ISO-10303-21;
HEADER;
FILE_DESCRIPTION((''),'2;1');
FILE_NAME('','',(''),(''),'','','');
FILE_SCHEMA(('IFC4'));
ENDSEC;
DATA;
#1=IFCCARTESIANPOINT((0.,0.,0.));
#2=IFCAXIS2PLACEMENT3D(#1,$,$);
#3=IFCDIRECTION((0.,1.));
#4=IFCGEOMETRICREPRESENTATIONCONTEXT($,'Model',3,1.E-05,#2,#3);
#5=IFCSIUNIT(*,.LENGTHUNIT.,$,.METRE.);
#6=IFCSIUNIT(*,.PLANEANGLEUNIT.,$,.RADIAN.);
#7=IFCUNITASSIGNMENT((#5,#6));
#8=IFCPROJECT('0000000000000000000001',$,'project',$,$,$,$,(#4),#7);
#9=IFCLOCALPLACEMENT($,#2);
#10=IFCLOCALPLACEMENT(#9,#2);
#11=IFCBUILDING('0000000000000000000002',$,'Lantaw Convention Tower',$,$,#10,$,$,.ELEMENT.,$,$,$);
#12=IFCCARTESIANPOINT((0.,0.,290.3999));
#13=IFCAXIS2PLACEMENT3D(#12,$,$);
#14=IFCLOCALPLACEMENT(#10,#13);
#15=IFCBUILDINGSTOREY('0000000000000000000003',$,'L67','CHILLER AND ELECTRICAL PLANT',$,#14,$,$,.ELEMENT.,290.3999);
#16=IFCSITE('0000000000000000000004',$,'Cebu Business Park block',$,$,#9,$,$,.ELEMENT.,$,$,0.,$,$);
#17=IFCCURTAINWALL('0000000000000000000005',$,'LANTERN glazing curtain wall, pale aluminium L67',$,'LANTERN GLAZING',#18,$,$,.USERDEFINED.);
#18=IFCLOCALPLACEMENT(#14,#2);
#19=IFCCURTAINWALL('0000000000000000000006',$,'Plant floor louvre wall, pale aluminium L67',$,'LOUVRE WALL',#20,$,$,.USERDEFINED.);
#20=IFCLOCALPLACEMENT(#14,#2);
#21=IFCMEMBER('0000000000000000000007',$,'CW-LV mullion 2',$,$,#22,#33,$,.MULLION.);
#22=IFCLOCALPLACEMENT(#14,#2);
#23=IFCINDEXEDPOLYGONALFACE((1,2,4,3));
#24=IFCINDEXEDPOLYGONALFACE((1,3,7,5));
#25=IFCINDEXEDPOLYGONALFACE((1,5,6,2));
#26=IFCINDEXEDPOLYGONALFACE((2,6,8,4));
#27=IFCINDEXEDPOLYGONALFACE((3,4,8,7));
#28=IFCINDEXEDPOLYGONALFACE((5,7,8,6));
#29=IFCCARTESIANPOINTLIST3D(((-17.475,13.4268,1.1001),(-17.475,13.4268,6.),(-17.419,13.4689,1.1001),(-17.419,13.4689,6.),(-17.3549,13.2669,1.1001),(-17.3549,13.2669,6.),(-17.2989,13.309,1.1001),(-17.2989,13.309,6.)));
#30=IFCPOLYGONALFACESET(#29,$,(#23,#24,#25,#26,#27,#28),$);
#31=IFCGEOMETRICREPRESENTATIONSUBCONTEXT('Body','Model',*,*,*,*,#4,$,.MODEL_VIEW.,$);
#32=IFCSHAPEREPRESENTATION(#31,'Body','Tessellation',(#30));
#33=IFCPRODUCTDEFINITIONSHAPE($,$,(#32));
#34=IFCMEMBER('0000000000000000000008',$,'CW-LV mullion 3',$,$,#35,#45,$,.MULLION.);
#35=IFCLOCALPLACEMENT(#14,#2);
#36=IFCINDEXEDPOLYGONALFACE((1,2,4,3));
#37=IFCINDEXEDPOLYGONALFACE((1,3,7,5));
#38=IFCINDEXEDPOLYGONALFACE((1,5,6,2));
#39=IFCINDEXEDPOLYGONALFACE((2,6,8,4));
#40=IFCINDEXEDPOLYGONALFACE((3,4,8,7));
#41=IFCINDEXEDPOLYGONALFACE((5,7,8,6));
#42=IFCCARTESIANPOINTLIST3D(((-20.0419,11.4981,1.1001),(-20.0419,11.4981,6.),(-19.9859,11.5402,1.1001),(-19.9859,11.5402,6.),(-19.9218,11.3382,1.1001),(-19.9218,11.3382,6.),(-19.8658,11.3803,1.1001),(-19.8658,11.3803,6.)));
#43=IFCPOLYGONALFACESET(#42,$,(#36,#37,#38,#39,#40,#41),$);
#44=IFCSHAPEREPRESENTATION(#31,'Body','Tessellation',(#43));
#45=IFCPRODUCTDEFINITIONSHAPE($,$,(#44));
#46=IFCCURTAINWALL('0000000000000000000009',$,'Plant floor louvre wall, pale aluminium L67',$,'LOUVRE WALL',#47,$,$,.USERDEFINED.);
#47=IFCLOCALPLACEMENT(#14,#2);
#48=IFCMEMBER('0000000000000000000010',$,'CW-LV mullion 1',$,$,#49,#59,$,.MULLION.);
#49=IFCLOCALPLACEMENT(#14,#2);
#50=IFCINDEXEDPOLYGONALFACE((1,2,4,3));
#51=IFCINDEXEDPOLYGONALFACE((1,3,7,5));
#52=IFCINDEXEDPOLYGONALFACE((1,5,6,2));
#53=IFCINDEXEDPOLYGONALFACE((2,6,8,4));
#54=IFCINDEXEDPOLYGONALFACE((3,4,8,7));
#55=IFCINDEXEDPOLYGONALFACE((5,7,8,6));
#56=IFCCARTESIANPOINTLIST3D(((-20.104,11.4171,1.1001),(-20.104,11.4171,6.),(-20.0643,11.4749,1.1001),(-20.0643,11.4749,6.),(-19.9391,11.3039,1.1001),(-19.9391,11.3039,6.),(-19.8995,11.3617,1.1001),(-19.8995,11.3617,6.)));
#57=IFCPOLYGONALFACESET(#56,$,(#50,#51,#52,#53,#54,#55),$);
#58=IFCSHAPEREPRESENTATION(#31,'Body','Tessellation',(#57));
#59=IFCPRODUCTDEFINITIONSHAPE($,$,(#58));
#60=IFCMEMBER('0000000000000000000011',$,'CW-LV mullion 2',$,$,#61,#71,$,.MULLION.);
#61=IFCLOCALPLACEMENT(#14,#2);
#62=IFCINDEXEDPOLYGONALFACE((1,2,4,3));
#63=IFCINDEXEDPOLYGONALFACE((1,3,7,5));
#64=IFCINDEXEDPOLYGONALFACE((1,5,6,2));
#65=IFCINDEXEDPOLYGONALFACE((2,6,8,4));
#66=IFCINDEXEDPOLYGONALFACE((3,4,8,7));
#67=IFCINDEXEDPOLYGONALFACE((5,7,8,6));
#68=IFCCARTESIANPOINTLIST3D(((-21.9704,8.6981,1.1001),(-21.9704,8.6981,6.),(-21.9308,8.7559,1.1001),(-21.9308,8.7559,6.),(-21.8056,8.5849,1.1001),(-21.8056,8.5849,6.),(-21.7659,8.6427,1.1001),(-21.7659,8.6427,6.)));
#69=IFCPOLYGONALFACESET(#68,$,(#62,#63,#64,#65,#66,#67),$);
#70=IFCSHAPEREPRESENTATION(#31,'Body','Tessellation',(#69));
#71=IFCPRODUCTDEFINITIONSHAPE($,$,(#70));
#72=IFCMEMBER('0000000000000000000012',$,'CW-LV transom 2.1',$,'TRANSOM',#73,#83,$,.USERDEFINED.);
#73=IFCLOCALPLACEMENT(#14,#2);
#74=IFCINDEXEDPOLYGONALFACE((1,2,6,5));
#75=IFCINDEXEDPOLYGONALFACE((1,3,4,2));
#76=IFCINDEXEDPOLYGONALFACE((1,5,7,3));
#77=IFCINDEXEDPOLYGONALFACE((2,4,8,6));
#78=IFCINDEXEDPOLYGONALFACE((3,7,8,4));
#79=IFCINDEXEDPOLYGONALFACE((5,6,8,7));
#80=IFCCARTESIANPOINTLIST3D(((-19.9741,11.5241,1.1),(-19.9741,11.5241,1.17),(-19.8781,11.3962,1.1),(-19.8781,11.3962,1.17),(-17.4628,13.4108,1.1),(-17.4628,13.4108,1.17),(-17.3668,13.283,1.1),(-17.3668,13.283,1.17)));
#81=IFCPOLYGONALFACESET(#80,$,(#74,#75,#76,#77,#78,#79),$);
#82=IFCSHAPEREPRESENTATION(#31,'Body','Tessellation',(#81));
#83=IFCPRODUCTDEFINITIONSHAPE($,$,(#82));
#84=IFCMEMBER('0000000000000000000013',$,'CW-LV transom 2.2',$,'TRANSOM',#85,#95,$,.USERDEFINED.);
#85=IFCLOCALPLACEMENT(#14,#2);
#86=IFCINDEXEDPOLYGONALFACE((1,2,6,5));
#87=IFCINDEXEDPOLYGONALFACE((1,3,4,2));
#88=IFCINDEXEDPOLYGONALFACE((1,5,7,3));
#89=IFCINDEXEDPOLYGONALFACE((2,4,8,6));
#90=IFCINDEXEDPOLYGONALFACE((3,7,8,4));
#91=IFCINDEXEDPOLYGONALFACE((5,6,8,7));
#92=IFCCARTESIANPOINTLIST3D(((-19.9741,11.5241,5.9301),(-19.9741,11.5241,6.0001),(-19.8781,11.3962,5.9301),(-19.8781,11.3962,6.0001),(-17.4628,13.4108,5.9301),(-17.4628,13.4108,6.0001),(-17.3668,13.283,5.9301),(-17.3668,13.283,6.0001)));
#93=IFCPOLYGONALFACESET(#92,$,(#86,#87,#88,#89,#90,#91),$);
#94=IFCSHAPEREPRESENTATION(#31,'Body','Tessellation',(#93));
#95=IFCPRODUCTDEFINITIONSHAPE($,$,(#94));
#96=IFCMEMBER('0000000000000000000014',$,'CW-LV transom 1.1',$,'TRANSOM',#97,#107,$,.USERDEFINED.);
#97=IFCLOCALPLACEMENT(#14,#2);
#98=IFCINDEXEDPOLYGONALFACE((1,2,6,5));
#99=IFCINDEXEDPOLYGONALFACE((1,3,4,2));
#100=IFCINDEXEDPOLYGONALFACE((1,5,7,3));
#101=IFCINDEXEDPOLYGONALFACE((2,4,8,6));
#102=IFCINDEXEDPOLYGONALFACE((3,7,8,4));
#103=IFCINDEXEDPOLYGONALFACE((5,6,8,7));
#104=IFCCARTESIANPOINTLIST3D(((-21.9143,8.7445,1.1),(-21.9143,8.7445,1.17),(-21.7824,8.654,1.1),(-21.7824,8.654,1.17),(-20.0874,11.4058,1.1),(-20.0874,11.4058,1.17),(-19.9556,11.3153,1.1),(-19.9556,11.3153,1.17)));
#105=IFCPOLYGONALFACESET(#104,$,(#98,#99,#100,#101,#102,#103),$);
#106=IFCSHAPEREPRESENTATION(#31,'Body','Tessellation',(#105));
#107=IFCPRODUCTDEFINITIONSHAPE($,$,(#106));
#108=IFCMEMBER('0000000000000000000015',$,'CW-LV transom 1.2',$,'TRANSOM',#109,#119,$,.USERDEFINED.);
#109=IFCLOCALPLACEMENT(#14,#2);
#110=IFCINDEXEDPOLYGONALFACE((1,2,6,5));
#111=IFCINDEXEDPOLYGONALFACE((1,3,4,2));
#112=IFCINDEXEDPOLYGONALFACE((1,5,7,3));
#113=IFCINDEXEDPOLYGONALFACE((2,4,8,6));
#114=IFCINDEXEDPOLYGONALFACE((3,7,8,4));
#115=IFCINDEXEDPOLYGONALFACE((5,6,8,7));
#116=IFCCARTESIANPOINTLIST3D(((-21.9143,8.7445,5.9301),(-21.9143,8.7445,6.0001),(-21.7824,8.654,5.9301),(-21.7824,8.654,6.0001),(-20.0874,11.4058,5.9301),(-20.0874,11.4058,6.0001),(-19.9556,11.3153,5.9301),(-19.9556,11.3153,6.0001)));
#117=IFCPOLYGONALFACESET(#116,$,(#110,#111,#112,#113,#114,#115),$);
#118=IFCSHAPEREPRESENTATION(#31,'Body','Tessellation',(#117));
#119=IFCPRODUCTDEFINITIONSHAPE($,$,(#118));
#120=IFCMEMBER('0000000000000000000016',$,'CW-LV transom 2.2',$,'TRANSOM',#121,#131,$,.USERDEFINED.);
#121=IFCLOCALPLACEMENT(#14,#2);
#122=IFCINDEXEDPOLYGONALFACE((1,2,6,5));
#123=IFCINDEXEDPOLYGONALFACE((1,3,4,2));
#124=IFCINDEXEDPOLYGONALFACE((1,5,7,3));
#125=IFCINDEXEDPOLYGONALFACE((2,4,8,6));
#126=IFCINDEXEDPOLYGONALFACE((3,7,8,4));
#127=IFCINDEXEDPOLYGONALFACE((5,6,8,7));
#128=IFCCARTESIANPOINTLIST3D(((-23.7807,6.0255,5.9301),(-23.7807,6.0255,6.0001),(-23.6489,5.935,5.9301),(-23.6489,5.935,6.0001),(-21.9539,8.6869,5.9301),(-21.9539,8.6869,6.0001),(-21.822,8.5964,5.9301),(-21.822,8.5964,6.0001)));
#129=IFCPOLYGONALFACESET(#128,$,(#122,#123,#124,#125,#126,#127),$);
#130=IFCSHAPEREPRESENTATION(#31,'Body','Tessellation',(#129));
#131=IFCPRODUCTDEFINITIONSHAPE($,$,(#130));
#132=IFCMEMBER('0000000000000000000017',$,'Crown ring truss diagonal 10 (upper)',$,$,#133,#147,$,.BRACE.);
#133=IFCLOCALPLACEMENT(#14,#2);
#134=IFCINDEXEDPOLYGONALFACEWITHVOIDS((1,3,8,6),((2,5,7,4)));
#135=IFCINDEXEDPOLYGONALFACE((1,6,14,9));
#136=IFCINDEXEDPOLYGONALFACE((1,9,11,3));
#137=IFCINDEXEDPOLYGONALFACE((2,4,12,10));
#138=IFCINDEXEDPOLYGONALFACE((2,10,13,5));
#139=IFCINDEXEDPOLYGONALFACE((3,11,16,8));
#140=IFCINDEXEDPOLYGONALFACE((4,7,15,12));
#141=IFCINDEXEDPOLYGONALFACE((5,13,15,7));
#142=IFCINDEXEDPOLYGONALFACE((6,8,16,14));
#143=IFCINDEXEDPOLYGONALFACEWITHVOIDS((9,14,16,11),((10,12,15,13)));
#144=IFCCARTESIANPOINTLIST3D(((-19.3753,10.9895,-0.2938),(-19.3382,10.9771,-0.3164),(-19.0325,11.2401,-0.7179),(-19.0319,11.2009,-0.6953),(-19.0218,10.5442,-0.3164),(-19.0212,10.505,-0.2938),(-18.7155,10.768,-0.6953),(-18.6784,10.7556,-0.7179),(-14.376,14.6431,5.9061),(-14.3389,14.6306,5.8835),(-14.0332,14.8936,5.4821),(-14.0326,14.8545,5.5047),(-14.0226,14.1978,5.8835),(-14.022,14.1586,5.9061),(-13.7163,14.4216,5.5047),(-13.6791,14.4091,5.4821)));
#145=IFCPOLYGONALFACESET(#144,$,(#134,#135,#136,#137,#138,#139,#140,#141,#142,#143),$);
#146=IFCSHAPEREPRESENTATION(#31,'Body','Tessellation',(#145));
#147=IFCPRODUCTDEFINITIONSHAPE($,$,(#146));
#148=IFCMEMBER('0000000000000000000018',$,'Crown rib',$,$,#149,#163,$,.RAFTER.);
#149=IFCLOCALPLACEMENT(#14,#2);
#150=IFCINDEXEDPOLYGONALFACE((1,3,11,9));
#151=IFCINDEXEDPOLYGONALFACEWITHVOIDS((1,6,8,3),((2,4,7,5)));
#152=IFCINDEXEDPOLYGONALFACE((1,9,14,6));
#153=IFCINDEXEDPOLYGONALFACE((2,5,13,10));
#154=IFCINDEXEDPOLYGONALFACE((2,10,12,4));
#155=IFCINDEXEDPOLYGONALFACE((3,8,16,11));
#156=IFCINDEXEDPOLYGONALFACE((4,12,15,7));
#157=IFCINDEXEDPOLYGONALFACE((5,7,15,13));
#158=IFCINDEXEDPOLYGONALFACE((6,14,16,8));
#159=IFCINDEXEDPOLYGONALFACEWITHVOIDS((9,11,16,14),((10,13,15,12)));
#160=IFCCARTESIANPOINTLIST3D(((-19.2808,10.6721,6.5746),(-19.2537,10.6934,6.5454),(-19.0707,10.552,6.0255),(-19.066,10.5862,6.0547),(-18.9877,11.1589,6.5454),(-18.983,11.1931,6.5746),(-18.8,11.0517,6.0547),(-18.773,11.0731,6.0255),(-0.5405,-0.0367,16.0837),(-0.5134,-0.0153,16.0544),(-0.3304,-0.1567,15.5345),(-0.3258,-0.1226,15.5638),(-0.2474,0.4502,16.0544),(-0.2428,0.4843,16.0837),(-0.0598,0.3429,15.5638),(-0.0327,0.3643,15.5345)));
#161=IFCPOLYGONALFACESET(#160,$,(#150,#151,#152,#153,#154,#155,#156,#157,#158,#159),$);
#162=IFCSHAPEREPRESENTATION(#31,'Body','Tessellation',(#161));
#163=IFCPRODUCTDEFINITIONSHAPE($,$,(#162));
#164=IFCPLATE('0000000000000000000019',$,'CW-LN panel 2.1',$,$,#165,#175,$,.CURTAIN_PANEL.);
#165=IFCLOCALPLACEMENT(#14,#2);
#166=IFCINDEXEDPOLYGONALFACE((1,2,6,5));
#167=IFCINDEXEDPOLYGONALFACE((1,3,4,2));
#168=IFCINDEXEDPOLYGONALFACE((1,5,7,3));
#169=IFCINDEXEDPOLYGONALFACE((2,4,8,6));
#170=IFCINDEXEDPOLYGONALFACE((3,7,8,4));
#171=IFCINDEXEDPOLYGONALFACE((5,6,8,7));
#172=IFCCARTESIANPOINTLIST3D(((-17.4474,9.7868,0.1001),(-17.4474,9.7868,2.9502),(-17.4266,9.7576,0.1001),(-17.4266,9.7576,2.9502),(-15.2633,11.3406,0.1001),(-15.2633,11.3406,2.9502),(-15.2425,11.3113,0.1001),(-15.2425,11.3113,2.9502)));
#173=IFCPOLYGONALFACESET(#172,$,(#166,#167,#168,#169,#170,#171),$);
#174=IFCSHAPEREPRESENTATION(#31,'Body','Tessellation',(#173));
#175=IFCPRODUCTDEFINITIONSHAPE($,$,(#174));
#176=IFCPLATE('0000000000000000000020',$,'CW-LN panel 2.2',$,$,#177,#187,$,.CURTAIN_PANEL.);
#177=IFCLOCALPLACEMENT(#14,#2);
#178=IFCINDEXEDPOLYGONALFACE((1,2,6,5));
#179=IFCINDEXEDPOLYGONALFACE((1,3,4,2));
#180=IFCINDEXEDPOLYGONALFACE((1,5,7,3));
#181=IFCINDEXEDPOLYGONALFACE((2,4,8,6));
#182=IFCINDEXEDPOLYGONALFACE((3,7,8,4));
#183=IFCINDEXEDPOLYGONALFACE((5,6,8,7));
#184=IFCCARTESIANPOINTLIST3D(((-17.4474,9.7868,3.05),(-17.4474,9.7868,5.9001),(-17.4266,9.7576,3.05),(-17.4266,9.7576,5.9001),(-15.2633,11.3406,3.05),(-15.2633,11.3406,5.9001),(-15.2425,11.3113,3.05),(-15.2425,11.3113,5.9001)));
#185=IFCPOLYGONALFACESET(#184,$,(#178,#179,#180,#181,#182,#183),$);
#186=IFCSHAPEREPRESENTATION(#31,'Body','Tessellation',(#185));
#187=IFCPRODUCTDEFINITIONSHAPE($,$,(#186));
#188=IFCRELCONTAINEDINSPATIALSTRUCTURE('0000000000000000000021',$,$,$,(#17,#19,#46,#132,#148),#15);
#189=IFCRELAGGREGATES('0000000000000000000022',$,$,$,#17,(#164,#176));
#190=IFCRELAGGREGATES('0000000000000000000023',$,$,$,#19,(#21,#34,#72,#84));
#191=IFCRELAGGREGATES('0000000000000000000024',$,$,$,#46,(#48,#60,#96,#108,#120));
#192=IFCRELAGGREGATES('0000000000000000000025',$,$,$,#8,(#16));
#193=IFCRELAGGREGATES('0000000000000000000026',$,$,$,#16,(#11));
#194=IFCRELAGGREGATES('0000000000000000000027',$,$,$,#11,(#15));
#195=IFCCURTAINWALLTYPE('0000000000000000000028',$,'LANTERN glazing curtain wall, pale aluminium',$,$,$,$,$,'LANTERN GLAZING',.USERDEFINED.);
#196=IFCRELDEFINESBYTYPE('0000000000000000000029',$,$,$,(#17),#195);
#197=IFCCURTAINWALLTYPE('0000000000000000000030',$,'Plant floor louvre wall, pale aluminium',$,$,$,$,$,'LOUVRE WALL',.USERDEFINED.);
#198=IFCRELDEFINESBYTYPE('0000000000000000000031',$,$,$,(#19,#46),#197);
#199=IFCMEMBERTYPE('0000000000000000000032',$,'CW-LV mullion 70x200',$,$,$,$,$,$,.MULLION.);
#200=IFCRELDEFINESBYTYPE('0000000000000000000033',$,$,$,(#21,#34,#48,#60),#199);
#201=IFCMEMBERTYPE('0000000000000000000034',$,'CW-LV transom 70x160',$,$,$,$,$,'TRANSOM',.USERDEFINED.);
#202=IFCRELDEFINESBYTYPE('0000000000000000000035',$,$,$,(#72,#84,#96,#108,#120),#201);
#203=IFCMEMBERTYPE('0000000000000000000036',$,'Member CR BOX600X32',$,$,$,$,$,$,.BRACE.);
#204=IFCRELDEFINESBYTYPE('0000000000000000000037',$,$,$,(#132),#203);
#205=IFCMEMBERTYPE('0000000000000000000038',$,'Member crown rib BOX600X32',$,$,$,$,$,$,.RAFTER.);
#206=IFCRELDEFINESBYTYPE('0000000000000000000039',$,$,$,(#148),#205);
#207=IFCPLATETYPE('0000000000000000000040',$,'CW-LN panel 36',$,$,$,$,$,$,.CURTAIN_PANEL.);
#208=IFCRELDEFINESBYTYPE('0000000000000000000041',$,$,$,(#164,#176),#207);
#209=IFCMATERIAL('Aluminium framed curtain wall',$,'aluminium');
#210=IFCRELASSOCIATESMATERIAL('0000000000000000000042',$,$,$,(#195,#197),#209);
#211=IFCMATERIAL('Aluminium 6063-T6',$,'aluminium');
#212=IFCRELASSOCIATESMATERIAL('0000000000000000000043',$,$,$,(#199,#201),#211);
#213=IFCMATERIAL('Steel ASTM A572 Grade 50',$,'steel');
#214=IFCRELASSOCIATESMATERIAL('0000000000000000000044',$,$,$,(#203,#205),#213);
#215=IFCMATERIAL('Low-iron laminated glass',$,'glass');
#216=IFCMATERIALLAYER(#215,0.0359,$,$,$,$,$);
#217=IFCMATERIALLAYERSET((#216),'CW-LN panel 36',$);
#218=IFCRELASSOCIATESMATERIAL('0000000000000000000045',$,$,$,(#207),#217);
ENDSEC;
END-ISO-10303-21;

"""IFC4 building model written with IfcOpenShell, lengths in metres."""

from ifc_helpers import new_model, si_unit, direction, frame, origin, origin_2d, place, context, subcontext, project, spatial, rectangle, hollow_rectangle, extrude, material, layer, layer_set, material_profile, profile_set, type_object, element, aggregate, save


model = new_model("IFC4")

# Units and contexts
model_context = context("Model", 3, precision=1e-05, world=origin(), true_north=direction((0.0, 1.0)))
body_context = subcontext(model_context, "Body", "Model", "MODEL_VIEW")
ifc_project = project(units=[si_unit("LENGTHUNIT", "METRE"), si_unit("PLANEANGLEUNIT", "RADIAN")], contexts=[model_context])

# Site, building, storey
site_placement = place(None, origin())
site = spatial("IfcSite", under=ifc_project, at=site_placement, Name="Cebu Business Park block", CompositionType="ELEMENT", RefElevation=0.0)
building_placement = place(site_placement, origin())
building = spatial("IfcBuilding", under=site, at=building_placement, Name="Lantaw Convention Tower", CompositionType="ELEMENT")
storey_placement = place(building_placement, frame((0.0, 0.0, 290.3999)))
storey = spatial("IfcBuildingStorey", under=building, at=storey_placement, Name="L67", Description="CHILLER AND ELECTRICAL PLANT", CompositionType="ELEMENT", Elevation=290.3999)

# Shared definitions
ifc_material_1 = material(Name="Steel ASTM A572 Grade 50", Category="steel")

# Curtain wall
ifc_material_2 = material(Name="Aluminium framed curtain wall", Category="aluminium")
curtain_wall_type_1 = type_object("IfcCurtainWallType", Name="LANTERN glazing curtain wall, pale aluminium", ElementType="LANTERN GLAZING", PredefinedType="USERDEFINED", material=ifc_material_2)
curtain_wall_1_placement = place(storey_placement, origin())
curtain_wall_1 = element("IfcCurtainWall", 1, at=curtain_wall_1_placement, inside=storey, type_object=curtain_wall_type_1, Name="LANTERN glazing curtain wall, pale aluminium L67", ObjectType="LANTERN GLAZING", PredefinedType="USERDEFINED")
ifc_material_3 = material(Name="Aluminium 6063-T6", Category="aluminium")

# Curtain walls, members
curtain_wall_type_2 = type_object("IfcCurtainWallType", Name="Plant floor louvre wall, pale aluminium", ElementType="LOUVRE WALL", PredefinedType="USERDEFINED", material=ifc_material_2)
curtain_wall_2_placement = place(storey_placement, origin())
curtain_wall_2 = element("IfcCurtainWall", 2, at=curtain_wall_2_placement, inside=storey, type_object=curtain_wall_type_2, Name="Plant floor louvre wall, pale aluminium L67", ObjectType="LOUVRE WALL", PredefinedType="USERDEFINED")
ifc_material_profile_1 = material_profile(ifc_material_3, rectangle(XDim=0.2, YDim=0.0701, at=origin_2d()), Name="CW-LV mullion 70x200")
ifc_profile_set_1 = profile_set([ifc_material_profile_1], Name="Aluminium 6063-T6")
member_type_1 = type_object("IfcMemberType", Name="CW-LV mullion 70x200", PredefinedType="MULLION", material=ifc_profile_set_1)
member_1_placement = place(storey_placement, frame((-17.387, 13.3679, 1.1001), z_axis=(0.0, 0.0, 1.0), x_axis=(0.600643, -0.799518, 0.0)))
member_1 = element("IfcMember", 3, at=member_1_placement, type_object=member_type_1, Name="CW-LV mullion 2", PredefinedType="MULLION", context=body_context, shape_type="SweptSolid", body=[
    extrude(rectangle(XDim=0.2, YDim=0.0701, at=origin_2d()), origin(), (0.0, 0.0, 1.0), 4.8999),
])
member_2_placement = place(storey_placement, frame((-19.9539, 11.4392, 1.1001), z_axis=(0.0, 0.0, 1.0), x_axis=(0.600643, -0.799518, 0.0)))
member_2 = element("IfcMember", 4, at=member_2_placement, type_object=member_type_1, Name="CW-LV mullion 3", PredefinedType="MULLION", context=body_context, shape_type="SweptSolid", body=[
    extrude(rectangle(XDim=0.2, YDim=0.0701, at=origin_2d()), origin(), (0.0, 0.0, 1.0), 4.8999),
])
curtain_wall_3_placement = place(storey_placement, origin())
curtain_wall_3 = element("IfcCurtainWall", 5, at=curtain_wall_3_placement, inside=storey, type_object=curtain_wall_type_2, Name="Plant floor louvre wall, pale aluminium L67", ObjectType="LOUVRE WALL", PredefinedType="USERDEFINED")
member_3_placement = place(storey_placement, frame((-20.0017, 11.3894, 1.1001), z_axis=(0.0, 0.0, 1.0), x_axis=(0.82445, -0.565935, 0.0)))
member_3 = element("IfcMember", 6, at=member_3_placement, type_object=member_type_1, Name="CW-LV mullion 1", PredefinedType="MULLION", context=body_context, shape_type="SweptSolid", body=[
    extrude(rectangle(XDim=0.2, YDim=0.0701, at=origin_2d()), origin(), (0.0, 0.0, 1.0), 4.8999),
])
member_4_placement = place(storey_placement, frame((-21.8682, 8.6704, 1.1001), z_axis=(0.0, 0.0, 1.0), x_axis=(0.82445, -0.565935, 0.0)))
member_4 = element("IfcMember", 7, at=member_4_placement, type_object=member_type_1, Name="CW-LV mullion 2", PredefinedType="MULLION", context=body_context, shape_type="SweptSolid", body=[
    extrude(rectangle(XDim=0.2, YDim=0.0701, at=origin_2d()), origin(), (0.0, 0.0, 1.0), 4.8999),
])

# Members
ifc_material_profile_2 = material_profile(ifc_material_3, rectangle(XDim=0.1599, YDim=0.0701, at=origin_2d()), Name="CW-LV transom 70x160")
ifc_profile_set_2 = profile_set([ifc_material_profile_2], Name="Aluminium 6063-T6")
member_type_2 = type_object("IfcMemberType", Name="CW-LV transom 70x160", ElementType="TRANSOM", PredefinedType="USERDEFINED", material=ifc_profile_set_2)
member_5_placement = place(storey_placement, frame((-17.4148, 13.3469, 1.135), z_axis=(-0.799496, -0.600671, 0.0), x_axis=(0.600671, -0.799496, 0.0)))
member_5 = element("IfcMember", 8, at=member_5_placement, type_object=member_type_2, Name="CW-LV transom 2.1", ObjectType="TRANSOM", PredefinedType="USERDEFINED", context=body_context, shape_type="SweptSolid", body=[
    extrude(rectangle(XDim=0.1599, YDim=0.0701, at=origin_2d()), origin(), (0.0, 0.0, 1.0), 3.1411),
])
member_6_placement = place(storey_placement, frame((-17.4148, 13.3469, 5.9651), z_axis=(-0.799496, -0.600671, 0.0), x_axis=(0.600671, -0.799496, 0.0)))
member_6 = element("IfcMember", 9, at=member_6_placement, type_object=member_type_2, Name="CW-LV transom 2.2", ObjectType="TRANSOM", PredefinedType="USERDEFINED", context=body_context, shape_type="SweptSolid", body=[
    extrude(rectangle(XDim=0.1599, YDim=0.0701, at=origin_2d()), origin(), (0.0, 0.0, 1.0), 3.1411),
])
member_7_placement = place(storey_placement, frame((-20.0215, 11.3606, 1.135), z_axis=(-0.565941, -0.824446, 0.0), x_axis=(0.824446, -0.565941, 0.0)))
member_7 = element("IfcMember", 10, at=member_7_placement, type_object=member_type_2, Name="CW-LV transom 1.1", ObjectType="TRANSOM", PredefinedType="USERDEFINED", context=body_context, shape_type="SweptSolid", body=[
    extrude(rectangle(XDim=0.1599, YDim=0.0701, at=origin_2d()), origin(), (0.0, 0.0, 1.0), 3.228),
])
member_8_placement = place(storey_placement, frame((-20.0215, 11.3606, 5.9651), z_axis=(-0.565941, -0.824446, 0.0), x_axis=(0.824446, -0.565941, 0.0)))
member_8 = element("IfcMember", 11, at=member_8_placement, type_object=member_type_2, Name="CW-LV transom 1.2", ObjectType="TRANSOM", PredefinedType="USERDEFINED", context=body_context, shape_type="SweptSolid", body=[
    extrude(rectangle(XDim=0.1599, YDim=0.0701, at=origin_2d()), origin(), (0.0, 0.0, 1.0), 3.228),
])
member_9_placement = place(storey_placement, frame((-21.8879, 8.6416, 5.9651), z_axis=(-0.565941, -0.824446, 0.0), x_axis=(0.824446, -0.565941, 0.0)))
member_9 = element("IfcMember", 12, at=member_9_placement, type_object=member_type_2, Name="CW-LV transom 2.2", ObjectType="TRANSOM", PredefinedType="USERDEFINED", context=body_context, shape_type="SweptSolid", body=[
    extrude(rectangle(XDim=0.1599, YDim=0.0701, at=origin_2d()), origin(), (0.0, 0.0, 1.0), 3.228),
])

# Members
ifc_material_profile_3 = material_profile(ifc_material_1, hollow_rectangle(XDim=0.6001, YDim=0.6001, WallThickness=0.032, at=origin_2d()), Name="BOX600X32")
ifc_profile_set_3 = profile_set([ifc_material_profile_3], Name="Steel ASTM A572 Grade 50")
member_type_3 = type_object("IfcMemberType", Name="Member CR BOX600X32", PredefinedType="BRACE", material=ifc_profile_set_3)
member_10_placement = place(storey_placement, frame((-19.0269, 10.8726, -0.5059), z_axis=(0.570533, 0.416957, 0.707559), x_axis=(-0.590043, 0.807372, 0.0)))
element("IfcMember", 13, at=member_10_placement, inside=storey, type_object=member_type_3, Name="Crown ring truss diagonal 10 (upper)", PredefinedType="BRACE", context=body_context, shape_type="SweptSolid", body=[
    extrude(hollow_rectangle(XDim=0.6001, YDim=0.6001, WallThickness=0.032, at=origin_2d()), origin(), (0.0, 0.0, 1.0), 8.7625),
])
ifc_material_profile_4 = material_profile(ifc_material_1, hollow_rectangle(XDim=0.6001, YDim=0.6001, WallThickness=0.032, at=origin_2d()), Name="BOX600X32")
ifc_profile_set_4 = profile_set([ifc_material_profile_4], Name="Steel ASTM A572 Grade 50")
member_type_4 = type_object("IfcMemberType", Name="Member crown rib BOX600X32", PredefinedType="RAFTER", material=ifc_profile_set_4)
member_11_placement = place(storey_placement, frame((-19.0269, 10.8726, 6.3), z_axis=(0.794552, -0.454031, 0.403166), x_axis=(0.49614, 0.868242, 0.0)))
element("IfcMember", 14, at=member_11_placement, inside=storey, type_object=member_type_4, Name="Crown rib", PredefinedType="RAFTER", context=body_context, shape_type="SweptSolid", body=[
    extrude(hollow_rectangle(XDim=0.6001, YDim=0.6001, WallThickness=0.032, at=origin_2d()), origin(), (0.0, 0.0, 1.0), 23.5859),
])

# Plates
ifc_material_4 = material(Name="Low-iron laminated glass", Category="glass")
ifc_layer_1 = layer(ifc_material_4, 0.0359)
ifc_layer_set_1 = layer_set([ifc_layer_1], Name="CW-LN panel 36")
plate_type_1 = type_object("IfcPlateType", Name="CW-LN panel 36", PredefinedType="CURTAIN_PANEL", material=ifc_layer_set_1)
plate_1_placement = place(storey_placement, frame((-16.345, 10.5491, 0.1001), z_axis=(0.0, 0.0, 1.0), x_axis=(-0.814841, -0.579684, 0.0)))
plate_1 = element("IfcPlate", 15, at=plate_1_placement, type_object=plate_type_1, Name="CW-LN panel 2.1", PredefinedType="CURTAIN_PANEL", context=body_context, shape_type="SweptSolid", body=[
    extrude(rectangle(XDim=2.6804, YDim=0.0359, at=origin_2d()), origin(), (0.0, 0.0, 1.0), 2.8501),
])
plate_2_placement = place(storey_placement, frame((-16.345, 10.5491, 3.05), z_axis=(0.0, 0.0, 1.0), x_axis=(-0.814841, -0.579684, 0.0)))
plate_2 = element("IfcPlate", 16, at=plate_2_placement, type_object=plate_type_1, Name="CW-LN panel 2.2", PredefinedType="CURTAIN_PANEL", context=body_context, shape_type="SweptSolid", body=[
    extrude(rectangle(XDim=2.6804, YDim=0.0359, at=origin_2d()), origin(), (0.0, 0.0, 1.0), 2.8501),
])
aggregate(curtain_wall_1, [plate_1, plate_2])
aggregate(curtain_wall_2, [member_1, member_2, member_5, member_6])
aggregate(curtain_wall_3, [member_3, member_4, member_7, member_8, member_9])

save(model, "model.ifc")
